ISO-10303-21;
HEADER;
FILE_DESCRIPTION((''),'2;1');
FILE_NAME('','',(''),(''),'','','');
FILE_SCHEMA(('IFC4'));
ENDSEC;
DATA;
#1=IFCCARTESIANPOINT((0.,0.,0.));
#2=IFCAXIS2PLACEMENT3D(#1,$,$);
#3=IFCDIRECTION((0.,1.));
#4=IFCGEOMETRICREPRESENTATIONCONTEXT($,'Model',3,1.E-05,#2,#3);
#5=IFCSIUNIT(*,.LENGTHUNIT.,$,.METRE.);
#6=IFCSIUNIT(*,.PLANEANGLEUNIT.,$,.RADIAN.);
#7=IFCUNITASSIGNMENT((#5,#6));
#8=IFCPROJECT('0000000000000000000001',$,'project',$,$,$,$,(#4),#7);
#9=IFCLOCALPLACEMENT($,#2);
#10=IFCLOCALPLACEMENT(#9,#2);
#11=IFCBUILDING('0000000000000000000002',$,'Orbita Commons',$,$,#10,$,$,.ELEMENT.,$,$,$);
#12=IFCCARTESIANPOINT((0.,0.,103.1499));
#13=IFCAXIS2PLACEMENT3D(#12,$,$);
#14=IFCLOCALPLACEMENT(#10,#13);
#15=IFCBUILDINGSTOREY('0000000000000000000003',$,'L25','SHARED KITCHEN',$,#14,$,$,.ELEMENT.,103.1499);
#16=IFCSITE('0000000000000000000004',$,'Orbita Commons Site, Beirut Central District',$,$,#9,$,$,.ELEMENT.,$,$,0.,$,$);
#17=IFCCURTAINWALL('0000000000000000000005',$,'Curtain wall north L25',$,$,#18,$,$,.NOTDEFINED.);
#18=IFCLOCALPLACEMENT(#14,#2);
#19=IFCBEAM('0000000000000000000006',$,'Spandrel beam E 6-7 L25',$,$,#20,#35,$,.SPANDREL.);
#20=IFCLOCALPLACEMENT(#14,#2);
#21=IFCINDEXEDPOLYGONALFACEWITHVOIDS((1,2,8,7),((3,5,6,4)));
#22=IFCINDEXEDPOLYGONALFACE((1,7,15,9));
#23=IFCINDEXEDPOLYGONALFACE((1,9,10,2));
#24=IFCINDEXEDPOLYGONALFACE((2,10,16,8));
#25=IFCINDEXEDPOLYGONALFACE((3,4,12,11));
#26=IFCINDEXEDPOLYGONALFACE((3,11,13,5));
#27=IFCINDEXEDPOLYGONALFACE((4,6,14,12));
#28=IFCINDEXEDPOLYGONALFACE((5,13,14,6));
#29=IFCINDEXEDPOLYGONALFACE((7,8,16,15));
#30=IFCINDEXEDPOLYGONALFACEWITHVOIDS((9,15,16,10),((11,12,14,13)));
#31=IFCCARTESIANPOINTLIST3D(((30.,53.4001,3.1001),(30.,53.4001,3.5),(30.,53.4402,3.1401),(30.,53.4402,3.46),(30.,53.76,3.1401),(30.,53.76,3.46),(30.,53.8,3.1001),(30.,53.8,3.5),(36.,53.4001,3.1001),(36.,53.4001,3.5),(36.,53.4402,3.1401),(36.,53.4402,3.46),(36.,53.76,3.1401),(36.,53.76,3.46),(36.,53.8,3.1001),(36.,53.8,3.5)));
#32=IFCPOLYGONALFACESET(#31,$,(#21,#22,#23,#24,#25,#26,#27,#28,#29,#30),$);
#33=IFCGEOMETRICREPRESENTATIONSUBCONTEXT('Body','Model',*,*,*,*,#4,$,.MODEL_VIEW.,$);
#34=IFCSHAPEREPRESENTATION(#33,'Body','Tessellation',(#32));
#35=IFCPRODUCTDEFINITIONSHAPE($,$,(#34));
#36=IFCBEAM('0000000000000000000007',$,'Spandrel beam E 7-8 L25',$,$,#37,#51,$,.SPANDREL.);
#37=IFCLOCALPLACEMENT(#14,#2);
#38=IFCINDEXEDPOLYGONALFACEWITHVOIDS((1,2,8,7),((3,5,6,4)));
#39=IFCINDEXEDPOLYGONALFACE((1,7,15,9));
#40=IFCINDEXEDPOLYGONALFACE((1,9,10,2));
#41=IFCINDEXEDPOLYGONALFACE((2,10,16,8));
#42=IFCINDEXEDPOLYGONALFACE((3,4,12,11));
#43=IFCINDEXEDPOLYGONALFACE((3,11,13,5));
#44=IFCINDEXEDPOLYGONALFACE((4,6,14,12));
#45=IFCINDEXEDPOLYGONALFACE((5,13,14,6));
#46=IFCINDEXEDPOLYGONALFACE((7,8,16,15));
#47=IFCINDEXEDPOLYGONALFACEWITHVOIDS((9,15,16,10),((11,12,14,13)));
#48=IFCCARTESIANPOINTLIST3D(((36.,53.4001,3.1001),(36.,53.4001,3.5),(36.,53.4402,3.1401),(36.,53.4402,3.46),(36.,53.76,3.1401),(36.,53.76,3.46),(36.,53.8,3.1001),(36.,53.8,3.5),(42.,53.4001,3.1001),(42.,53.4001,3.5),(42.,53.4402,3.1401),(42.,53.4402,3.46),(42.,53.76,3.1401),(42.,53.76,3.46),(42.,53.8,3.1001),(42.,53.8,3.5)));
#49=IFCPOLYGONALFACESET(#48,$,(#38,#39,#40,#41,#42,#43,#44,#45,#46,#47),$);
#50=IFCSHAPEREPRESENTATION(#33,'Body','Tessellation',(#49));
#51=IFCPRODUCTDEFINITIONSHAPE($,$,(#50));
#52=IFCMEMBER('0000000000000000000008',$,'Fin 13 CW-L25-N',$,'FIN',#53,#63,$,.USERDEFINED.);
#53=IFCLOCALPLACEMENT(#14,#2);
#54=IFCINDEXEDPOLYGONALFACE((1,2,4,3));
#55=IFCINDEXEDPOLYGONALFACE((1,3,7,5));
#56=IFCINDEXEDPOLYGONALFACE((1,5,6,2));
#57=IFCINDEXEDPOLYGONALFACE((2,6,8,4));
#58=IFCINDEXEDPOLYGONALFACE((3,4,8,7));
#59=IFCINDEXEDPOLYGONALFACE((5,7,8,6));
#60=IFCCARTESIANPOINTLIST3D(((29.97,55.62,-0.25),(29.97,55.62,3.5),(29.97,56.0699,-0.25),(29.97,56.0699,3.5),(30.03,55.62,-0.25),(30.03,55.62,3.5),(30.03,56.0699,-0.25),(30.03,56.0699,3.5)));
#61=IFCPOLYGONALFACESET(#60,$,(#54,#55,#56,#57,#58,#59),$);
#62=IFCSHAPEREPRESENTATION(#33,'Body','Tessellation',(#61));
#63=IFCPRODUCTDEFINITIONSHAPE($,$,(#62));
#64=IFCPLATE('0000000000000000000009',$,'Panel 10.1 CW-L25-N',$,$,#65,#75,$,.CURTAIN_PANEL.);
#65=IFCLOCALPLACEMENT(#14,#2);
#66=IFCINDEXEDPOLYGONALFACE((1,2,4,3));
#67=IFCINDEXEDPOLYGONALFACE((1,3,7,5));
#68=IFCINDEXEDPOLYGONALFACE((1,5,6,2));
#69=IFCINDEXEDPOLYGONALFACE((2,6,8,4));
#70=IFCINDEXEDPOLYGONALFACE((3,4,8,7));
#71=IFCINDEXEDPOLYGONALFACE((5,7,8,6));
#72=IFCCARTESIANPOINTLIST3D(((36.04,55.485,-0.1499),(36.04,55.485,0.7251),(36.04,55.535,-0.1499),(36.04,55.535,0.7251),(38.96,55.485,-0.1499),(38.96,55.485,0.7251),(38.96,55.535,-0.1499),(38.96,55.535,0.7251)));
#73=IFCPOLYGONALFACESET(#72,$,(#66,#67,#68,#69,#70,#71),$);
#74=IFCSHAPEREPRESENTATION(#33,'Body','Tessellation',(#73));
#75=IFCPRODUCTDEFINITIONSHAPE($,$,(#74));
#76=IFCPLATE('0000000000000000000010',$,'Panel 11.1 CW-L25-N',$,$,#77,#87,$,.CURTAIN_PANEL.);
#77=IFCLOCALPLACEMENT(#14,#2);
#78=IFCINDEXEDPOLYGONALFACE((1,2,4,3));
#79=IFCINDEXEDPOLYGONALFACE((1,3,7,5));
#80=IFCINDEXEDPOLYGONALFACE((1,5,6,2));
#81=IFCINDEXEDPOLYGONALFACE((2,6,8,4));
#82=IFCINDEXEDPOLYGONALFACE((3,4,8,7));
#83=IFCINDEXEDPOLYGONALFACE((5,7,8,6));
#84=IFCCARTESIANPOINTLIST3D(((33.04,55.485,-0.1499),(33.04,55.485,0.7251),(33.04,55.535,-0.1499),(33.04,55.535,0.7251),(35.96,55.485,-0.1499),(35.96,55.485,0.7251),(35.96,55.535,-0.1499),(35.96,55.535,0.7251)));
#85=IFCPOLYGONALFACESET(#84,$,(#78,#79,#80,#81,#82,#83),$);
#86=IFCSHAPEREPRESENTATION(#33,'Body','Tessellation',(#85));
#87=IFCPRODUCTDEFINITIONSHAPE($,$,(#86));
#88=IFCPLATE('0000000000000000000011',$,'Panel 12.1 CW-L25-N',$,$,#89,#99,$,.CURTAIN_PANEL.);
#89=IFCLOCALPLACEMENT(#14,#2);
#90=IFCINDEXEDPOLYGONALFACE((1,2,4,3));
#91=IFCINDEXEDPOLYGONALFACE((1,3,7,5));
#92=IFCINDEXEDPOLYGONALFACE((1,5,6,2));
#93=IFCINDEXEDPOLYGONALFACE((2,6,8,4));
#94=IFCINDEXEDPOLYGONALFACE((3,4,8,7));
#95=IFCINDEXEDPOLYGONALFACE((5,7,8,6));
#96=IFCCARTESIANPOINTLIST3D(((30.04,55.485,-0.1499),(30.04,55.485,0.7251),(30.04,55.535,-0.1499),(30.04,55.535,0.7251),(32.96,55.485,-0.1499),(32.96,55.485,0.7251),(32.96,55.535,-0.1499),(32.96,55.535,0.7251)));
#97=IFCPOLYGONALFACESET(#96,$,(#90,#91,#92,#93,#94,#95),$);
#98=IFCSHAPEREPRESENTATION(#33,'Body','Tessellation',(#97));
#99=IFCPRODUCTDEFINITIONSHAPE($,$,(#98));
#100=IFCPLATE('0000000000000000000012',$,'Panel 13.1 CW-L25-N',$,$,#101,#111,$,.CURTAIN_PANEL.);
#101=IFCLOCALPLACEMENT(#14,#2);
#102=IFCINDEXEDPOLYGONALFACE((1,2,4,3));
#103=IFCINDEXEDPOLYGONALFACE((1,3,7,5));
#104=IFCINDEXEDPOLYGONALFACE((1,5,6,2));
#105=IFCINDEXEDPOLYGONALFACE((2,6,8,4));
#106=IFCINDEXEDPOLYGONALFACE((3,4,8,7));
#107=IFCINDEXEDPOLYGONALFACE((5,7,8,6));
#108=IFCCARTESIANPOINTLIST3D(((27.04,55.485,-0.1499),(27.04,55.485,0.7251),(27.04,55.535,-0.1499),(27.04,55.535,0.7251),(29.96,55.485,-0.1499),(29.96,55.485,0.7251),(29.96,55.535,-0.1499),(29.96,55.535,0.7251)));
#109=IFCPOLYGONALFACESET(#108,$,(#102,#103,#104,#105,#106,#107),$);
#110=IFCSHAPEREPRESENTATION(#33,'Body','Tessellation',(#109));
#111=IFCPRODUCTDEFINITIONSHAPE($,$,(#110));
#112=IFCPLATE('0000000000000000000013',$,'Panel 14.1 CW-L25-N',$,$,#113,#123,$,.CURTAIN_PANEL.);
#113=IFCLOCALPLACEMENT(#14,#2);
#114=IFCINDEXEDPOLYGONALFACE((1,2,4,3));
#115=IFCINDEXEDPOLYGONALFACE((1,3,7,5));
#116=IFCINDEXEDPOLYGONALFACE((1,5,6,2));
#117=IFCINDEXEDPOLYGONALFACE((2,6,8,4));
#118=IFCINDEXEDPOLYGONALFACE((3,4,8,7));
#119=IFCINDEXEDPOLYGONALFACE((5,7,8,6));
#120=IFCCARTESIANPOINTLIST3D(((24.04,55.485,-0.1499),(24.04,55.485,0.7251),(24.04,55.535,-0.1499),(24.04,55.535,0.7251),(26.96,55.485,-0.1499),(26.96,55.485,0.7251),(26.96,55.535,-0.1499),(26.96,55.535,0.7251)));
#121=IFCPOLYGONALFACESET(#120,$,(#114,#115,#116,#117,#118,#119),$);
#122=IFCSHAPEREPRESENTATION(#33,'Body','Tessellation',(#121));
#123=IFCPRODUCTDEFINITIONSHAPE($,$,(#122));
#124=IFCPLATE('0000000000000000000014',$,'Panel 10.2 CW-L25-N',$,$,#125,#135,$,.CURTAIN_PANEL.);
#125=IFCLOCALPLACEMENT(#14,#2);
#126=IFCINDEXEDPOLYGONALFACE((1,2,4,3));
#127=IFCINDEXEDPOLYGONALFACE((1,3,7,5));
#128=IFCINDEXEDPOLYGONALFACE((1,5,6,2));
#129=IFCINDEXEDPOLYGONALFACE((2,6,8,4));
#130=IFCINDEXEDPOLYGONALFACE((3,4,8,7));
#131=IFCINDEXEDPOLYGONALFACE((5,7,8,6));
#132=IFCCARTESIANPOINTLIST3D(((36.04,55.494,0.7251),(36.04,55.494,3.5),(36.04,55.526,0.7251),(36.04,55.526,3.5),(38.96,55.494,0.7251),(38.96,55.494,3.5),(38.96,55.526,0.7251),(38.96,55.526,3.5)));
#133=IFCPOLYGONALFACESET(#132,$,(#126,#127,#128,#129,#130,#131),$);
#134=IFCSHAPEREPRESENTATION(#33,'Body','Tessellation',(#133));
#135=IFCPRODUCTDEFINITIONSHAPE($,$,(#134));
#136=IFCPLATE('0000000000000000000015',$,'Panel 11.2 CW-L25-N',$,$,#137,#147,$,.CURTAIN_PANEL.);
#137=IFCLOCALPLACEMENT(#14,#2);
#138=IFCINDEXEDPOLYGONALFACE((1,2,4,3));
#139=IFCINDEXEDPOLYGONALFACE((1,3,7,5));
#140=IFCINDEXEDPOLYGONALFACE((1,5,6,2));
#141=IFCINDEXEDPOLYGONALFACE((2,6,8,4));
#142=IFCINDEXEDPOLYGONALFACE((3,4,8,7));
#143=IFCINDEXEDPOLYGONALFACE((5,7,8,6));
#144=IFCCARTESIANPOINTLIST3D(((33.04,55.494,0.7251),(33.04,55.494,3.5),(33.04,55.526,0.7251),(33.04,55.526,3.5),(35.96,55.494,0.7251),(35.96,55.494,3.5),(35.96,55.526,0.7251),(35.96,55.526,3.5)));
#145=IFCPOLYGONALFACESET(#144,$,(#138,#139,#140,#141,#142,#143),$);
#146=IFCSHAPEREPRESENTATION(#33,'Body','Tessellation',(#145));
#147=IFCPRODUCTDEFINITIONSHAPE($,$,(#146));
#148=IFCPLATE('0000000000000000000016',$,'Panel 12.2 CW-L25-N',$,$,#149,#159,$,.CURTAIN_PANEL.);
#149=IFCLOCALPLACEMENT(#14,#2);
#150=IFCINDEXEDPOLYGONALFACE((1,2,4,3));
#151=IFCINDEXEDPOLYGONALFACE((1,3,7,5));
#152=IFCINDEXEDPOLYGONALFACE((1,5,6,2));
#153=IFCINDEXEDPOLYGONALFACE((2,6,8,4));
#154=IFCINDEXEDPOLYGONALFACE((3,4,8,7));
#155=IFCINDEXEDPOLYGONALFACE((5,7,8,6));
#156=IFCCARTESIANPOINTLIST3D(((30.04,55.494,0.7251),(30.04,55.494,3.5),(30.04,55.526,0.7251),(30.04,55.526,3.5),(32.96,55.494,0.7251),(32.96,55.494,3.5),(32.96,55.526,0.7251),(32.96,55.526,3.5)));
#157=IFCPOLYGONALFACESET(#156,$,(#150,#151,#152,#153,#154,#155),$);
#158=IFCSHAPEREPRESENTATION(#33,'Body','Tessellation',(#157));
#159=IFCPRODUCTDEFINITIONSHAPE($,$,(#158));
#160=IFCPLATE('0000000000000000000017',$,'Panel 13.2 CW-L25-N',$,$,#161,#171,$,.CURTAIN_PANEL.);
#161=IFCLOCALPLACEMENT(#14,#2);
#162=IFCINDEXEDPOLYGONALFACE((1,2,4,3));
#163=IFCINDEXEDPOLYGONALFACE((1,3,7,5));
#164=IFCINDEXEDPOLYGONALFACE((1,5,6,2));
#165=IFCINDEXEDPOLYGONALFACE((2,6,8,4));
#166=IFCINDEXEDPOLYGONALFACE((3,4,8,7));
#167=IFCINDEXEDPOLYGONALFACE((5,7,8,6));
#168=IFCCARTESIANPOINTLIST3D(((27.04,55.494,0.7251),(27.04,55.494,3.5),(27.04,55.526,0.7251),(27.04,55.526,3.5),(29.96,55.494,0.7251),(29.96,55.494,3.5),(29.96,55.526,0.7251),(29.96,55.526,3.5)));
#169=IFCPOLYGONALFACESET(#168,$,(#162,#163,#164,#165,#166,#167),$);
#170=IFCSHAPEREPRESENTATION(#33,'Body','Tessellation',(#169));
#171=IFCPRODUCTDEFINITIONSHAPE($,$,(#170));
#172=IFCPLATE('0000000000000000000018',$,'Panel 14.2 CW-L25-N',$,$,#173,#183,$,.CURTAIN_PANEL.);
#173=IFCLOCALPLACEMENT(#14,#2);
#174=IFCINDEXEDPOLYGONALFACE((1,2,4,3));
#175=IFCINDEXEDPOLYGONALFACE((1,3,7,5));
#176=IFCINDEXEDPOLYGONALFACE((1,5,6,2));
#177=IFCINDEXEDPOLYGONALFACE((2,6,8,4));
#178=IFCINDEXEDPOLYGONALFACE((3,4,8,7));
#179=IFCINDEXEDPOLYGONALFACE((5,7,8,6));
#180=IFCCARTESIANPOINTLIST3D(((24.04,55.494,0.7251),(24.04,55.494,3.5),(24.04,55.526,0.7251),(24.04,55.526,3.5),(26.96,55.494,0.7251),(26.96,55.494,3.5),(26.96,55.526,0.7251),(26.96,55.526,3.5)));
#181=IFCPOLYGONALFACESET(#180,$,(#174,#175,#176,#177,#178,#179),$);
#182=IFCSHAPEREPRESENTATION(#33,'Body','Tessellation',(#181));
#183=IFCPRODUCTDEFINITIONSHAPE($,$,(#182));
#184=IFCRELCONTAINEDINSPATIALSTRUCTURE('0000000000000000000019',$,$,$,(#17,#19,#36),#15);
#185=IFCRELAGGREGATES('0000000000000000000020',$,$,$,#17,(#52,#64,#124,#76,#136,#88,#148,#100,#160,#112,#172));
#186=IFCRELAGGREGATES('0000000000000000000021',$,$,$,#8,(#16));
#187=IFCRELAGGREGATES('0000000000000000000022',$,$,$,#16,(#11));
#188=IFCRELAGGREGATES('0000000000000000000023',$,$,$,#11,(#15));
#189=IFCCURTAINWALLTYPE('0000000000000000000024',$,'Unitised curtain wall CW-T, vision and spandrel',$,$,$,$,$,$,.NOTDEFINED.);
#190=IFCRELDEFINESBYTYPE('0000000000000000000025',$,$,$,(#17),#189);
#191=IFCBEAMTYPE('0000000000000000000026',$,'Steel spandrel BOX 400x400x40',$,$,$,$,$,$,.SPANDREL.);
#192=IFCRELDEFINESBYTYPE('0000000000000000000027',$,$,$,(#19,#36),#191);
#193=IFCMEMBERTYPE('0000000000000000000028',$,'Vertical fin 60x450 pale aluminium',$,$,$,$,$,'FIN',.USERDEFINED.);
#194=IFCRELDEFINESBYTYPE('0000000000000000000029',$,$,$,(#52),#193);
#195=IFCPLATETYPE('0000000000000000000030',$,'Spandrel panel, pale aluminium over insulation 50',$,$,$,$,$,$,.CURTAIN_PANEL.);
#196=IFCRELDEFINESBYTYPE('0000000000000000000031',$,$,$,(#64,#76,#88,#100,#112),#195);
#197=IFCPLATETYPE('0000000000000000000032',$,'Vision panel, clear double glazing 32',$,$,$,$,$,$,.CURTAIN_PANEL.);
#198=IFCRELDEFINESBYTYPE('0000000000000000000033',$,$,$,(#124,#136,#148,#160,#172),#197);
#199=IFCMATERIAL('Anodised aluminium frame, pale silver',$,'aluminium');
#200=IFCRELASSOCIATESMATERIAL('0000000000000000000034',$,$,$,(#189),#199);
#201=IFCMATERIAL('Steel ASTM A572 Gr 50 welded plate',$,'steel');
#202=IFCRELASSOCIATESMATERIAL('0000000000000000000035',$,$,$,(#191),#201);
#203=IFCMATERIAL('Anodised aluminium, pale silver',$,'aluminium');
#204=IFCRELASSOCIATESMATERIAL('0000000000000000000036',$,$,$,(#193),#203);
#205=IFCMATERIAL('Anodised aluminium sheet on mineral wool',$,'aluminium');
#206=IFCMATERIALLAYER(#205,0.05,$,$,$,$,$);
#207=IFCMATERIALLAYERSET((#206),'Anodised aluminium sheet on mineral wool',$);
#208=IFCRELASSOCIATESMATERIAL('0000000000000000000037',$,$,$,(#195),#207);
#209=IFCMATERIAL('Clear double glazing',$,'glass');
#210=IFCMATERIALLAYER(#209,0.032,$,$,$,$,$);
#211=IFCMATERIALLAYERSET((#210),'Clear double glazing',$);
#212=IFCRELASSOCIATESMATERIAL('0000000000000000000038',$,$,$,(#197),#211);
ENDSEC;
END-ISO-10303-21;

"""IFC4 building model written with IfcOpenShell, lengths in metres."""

from ifc_helpers import new_model, si_unit, direction, frame, origin, origin_2d, place, context, subcontext, project, spatial, rectangle, hollow_rectangle, extrude, material, layer, layer_set, material_profile, profile_set, type_object, element, aggregate, save


model = new_model("IFC4")

# Units and contexts
model_context = context("Model", 3, precision=1e-05, world=origin(), true_north=direction((0.0, 1.0)))
body_context = subcontext(model_context, "Body", "Model", "MODEL_VIEW")
ifc_project = project(units=[si_unit("LENGTHUNIT", "METRE"), si_unit("PLANEANGLEUNIT", "RADIAN")], contexts=[model_context])

# Site, building, storey
site_placement = place(None, origin())
site = spatial("IfcSite", under=ifc_project, at=site_placement, Name="Orbita Commons Site, Beirut Central District", CompositionType="ELEMENT", RefElevation=0.0)
building_placement = place(site_placement, origin())
building = spatial("IfcBuilding", under=site, at=building_placement, Name="Orbita Commons", CompositionType="ELEMENT")
storey_placement = place(building_placement, frame((0.0, 0.0, 103.1499)))
storey = spatial("IfcBuildingStorey", under=building, at=storey_placement, Name="L25", Description="SHARED KITCHEN", CompositionType="ELEMENT", Elevation=103.1499)

# Curtain wall
ifc_material_1 = material(Name="Anodised aluminium frame, pale silver", Category="aluminium")
curtain_wall_type = type_object("IfcCurtainWallType", Name="Unitised curtain wall CW-T, vision and spandrel", PredefinedType="NOTDEFINED", material=ifc_material_1)
curtain_wall_placement = place(storey_placement, origin())
curtain_wall = element("IfcCurtainWall", 1, at=curtain_wall_placement, inside=storey, type_object=curtain_wall_type, Name="Curtain wall north L25", PredefinedType="NOTDEFINED")

# Beams
ifc_material_2 = material(Name="Steel ASTM A572 Gr 50 welded plate", Category="steel")
ifc_material_profile_1 = material_profile(ifc_material_2, hollow_rectangle(XDim=0.3999, YDim=0.3999, WallThickness=0.04, at=origin_2d()), Name="BOX 400x400x40")
ifc_profile_set_1 = profile_set([ifc_material_profile_1], Name="Steel ASTM A572 Gr 50 welded plate")
beam_type = type_object("IfcBeamType", Name="Steel spandrel BOX 400x400x40", PredefinedType="SPANDREL", material=ifc_profile_set_1)
for number, where, z_axis, x_axis, name in (
    (2, (30.0, 53.6001, 3.3), (1.0, 0.0, 0.0), (0.0, 1.0, 0.0), "Spandrel beam E 6-7 L25"),
    (3, (36.0, 53.6001, 3.3), (1.0, 0.0, 0.0), (0.0, 1.0, 0.0), "Spandrel beam E 7-8 L25"),
):
    element("IfcBeam", number, at=place(storey_placement, frame(where, z_axis=z_axis, x_axis=x_axis)), inside=storey, type_object=beam_type, Name=name, PredefinedType="SPANDREL", context=body_context, shape_type="SweptSolid", body=[
        extrude(hollow_rectangle(XDim=0.3999, YDim=0.3999, WallThickness=0.04, at=origin_2d()), origin(), (0.0, 0.0, 1.0), 6.0),
    ])

# Member
ifc_material_3 = material(Name="Anodised aluminium, pale silver", Category="aluminium")
ifc_material_profile_2 = material_profile(ifc_material_3, rectangle(XDim=0.0601, YDim=0.45, at=origin_2d()), Name="FIN 60x450")
ifc_profile_set_2 = profile_set([ifc_material_profile_2], Name="Anodised aluminium, pale silver")
member_type_1 = type_object("IfcMemberType", Name="Vertical fin 60x450 pale aluminium", ElementType="FIN", PredefinedType="USERDEFINED", material=ifc_profile_set_2)
member_1_placement = place(storey_placement, frame((30.0, 55.845, -0.25), z_axis=(0.0, 0.0, 1.0), x_axis=(-1.0, 0.0, 0.0)))
member_1 = element("IfcMember", 4, at=member_1_placement, type_object=member_type_1, Name="Fin 13 CW-L25-N", ObjectType="FIN", PredefinedType="USERDEFINED", context=body_context, shape_type="SweptSolid", body=[
    extrude(rectangle(XDim=0.0601, YDim=0.45, at=origin_2d()), origin(), (0.0, 0.0, 1.0), 3.75),
])

# Plates
ifc_material_4 = material(Name="Anodised aluminium sheet on mineral wool", Category="aluminium")
ifc_layer_1 = layer(ifc_material_4, 0.05)
ifc_layer_set_1 = layer_set([ifc_layer_1], Name="Anodised aluminium sheet on mineral wool")
plate_type_1 = type_object("IfcPlateType", Name="Spandrel panel, pale aluminium over insulation 50", PredefinedType="CURTAIN_PANEL", material=ifc_layer_set_1)
plate_1_placement = place(storey_placement, frame((37.5, 55.51, -0.1499), z_axis=(0.0, 0.0, 1.0), x_axis=(-1.0, 0.0, 0.0)))
plate_1 = element("IfcPlate", 5, at=plate_1_placement, type_object=plate_type_1, Name="Panel 10.1 CW-L25-N", PredefinedType="CURTAIN_PANEL", context=body_context, shape_type="SweptSolid", body=[
    extrude(rectangle(XDim=2.9199, YDim=0.05, at=origin_2d()), origin(), (0.0, 0.0, 1.0), 0.875),
])
plate_2_placement = place(storey_placement, frame((34.5, 55.51, -0.1499), z_axis=(0.0, 0.0, 1.0), x_axis=(-1.0, 0.0, 0.0)))
plate_2 = element("IfcPlate", 6, at=plate_2_placement, type_object=plate_type_1, Name="Panel 11.1 CW-L25-N", PredefinedType="CURTAIN_PANEL", context=body_context, shape_type="SweptSolid", body=[
    extrude(rectangle(XDim=2.9199, YDim=0.05, at=origin_2d()), origin(), (0.0, 0.0, 1.0), 0.875),
])
plate_3_placement = place(storey_placement, frame((31.5, 55.51, -0.1499), z_axis=(0.0, 0.0, 1.0), x_axis=(-1.0, 0.0, 0.0)))
plate_3 = element("IfcPlate", 7, at=plate_3_placement, type_object=plate_type_1, Name="Panel 12.1 CW-L25-N", PredefinedType="CURTAIN_PANEL", context=body_context, shape_type="SweptSolid", body=[
    extrude(rectangle(XDim=2.9199, YDim=0.05, at=origin_2d()), origin(), (0.0, 0.0, 1.0), 0.875),
])
plate_4_placement = place(storey_placement, frame((28.5, 55.51, -0.1499), z_axis=(0.0, 0.0, 1.0), x_axis=(-1.0, 0.0, 0.0)))
plate_4 = element("IfcPlate", 8, at=plate_4_placement, type_object=plate_type_1, Name="Panel 13.1 CW-L25-N", PredefinedType="CURTAIN_PANEL", context=body_context, shape_type="SweptSolid", body=[
    extrude(rectangle(XDim=2.9199, YDim=0.05, at=origin_2d()), origin(), (0.0, 0.0, 1.0), 0.875),
])
plate_5_placement = place(storey_placement, frame((25.5, 55.51, -0.1499), z_axis=(0.0, 0.0, 1.0), x_axis=(-1.0, 0.0, 0.0)))
plate_5 = element("IfcPlate", 9, at=plate_5_placement, type_object=plate_type_1, Name="Panel 14.1 CW-L25-N", PredefinedType="CURTAIN_PANEL", context=body_context, shape_type="SweptSolid", body=[
    extrude(rectangle(XDim=2.9199, YDim=0.05, at=origin_2d()), origin(), (0.0, 0.0, 1.0), 0.875),
])
ifc_material_5 = material(Name="Clear double glazing", Category="glass")
ifc_layer_2 = layer(ifc_material_5, 0.032)
ifc_layer_set_2 = layer_set([ifc_layer_2], Name="Clear double glazing")
plate_type_2 = type_object("IfcPlateType", Name="Vision panel, clear double glazing 32", PredefinedType="CURTAIN_PANEL", material=ifc_layer_set_2)
plate_6_placement = place(storey_placement, frame((37.5, 55.51, 0.7251), z_axis=(0.0, 0.0, 1.0), x_axis=(-1.0, 0.0, 0.0)))
plate_6 = element("IfcPlate", 10, at=plate_6_placement, type_object=plate_type_2, Name="Panel 10.2 CW-L25-N", PredefinedType="CURTAIN_PANEL", context=body_context, shape_type="SweptSolid", body=[
    extrude(rectangle(XDim=2.9199, YDim=0.032, at=origin_2d()), origin(), (0.0, 0.0, 1.0), 2.7749),
])
plate_7_placement = place(storey_placement, frame((34.5, 55.51, 0.7251), z_axis=(0.0, 0.0, 1.0), x_axis=(-1.0, 0.0, 0.0)))
plate_7 = element("IfcPlate", 11, at=plate_7_placement, type_object=plate_type_2, Name="Panel 11.2 CW-L25-N", PredefinedType="CURTAIN_PANEL", context=body_context, shape_type="SweptSolid", body=[
    extrude(rectangle(XDim=2.9199, YDim=0.032, at=origin_2d()), origin(), (0.0, 0.0, 1.0), 2.7749),
])
plate_8_placement = place(storey_placement, frame((31.5, 55.51, 0.7251), z_axis=(0.0, 0.0, 1.0), x_axis=(-1.0, 0.0, 0.0)))
plate_8 = element("IfcPlate", 12, at=plate_8_placement, type_object=plate_type_2, Name="Panel 12.2 CW-L25-N", PredefinedType="CURTAIN_PANEL", context=body_context, shape_type="SweptSolid", body=[
    extrude(rectangle(XDim=2.9199, YDim=0.032, at=origin_2d()), origin(), (0.0, 0.0, 1.0), 2.7749),
])
plate_9_placement = place(storey_placement, frame((28.5, 55.51, 0.7251), z_axis=(0.0, 0.0, 1.0), x_axis=(-1.0, 0.0, 0.0)))
plate_9 = element("IfcPlate", 13, at=plate_9_placement, type_object=plate_type_2, Name="Panel 13.2 CW-L25-N", PredefinedType="CURTAIN_PANEL", context=body_context, shape_type="SweptSolid", body=[
    extrude(rectangle(XDim=2.9199, YDim=0.032, at=origin_2d()), origin(), (0.0, 0.0, 1.0), 2.7749),
])
plate_10_placement = place(storey_placement, frame((25.5, 55.51, 0.7251), z_axis=(0.0, 0.0, 1.0), x_axis=(-1.0, 0.0, 0.0)))
plate_10 = element("IfcPlate", 14, at=plate_10_placement, type_object=plate_type_2, Name="Panel 14.2 CW-L25-N", PredefinedType="CURTAIN_PANEL", context=body_context, shape_type="SweptSolid", body=[
    extrude(rectangle(XDim=2.9199, YDim=0.032, at=origin_2d()), origin(), (0.0, 0.0, 1.0), 2.7749),
])
aggregate(curtain_wall, [member_1, plate_1, plate_6, plate_2, plate_7, plate_3, plate_8, plate_4, plate_9, plate_5, plate_10])

save(model, "model.ifc")
